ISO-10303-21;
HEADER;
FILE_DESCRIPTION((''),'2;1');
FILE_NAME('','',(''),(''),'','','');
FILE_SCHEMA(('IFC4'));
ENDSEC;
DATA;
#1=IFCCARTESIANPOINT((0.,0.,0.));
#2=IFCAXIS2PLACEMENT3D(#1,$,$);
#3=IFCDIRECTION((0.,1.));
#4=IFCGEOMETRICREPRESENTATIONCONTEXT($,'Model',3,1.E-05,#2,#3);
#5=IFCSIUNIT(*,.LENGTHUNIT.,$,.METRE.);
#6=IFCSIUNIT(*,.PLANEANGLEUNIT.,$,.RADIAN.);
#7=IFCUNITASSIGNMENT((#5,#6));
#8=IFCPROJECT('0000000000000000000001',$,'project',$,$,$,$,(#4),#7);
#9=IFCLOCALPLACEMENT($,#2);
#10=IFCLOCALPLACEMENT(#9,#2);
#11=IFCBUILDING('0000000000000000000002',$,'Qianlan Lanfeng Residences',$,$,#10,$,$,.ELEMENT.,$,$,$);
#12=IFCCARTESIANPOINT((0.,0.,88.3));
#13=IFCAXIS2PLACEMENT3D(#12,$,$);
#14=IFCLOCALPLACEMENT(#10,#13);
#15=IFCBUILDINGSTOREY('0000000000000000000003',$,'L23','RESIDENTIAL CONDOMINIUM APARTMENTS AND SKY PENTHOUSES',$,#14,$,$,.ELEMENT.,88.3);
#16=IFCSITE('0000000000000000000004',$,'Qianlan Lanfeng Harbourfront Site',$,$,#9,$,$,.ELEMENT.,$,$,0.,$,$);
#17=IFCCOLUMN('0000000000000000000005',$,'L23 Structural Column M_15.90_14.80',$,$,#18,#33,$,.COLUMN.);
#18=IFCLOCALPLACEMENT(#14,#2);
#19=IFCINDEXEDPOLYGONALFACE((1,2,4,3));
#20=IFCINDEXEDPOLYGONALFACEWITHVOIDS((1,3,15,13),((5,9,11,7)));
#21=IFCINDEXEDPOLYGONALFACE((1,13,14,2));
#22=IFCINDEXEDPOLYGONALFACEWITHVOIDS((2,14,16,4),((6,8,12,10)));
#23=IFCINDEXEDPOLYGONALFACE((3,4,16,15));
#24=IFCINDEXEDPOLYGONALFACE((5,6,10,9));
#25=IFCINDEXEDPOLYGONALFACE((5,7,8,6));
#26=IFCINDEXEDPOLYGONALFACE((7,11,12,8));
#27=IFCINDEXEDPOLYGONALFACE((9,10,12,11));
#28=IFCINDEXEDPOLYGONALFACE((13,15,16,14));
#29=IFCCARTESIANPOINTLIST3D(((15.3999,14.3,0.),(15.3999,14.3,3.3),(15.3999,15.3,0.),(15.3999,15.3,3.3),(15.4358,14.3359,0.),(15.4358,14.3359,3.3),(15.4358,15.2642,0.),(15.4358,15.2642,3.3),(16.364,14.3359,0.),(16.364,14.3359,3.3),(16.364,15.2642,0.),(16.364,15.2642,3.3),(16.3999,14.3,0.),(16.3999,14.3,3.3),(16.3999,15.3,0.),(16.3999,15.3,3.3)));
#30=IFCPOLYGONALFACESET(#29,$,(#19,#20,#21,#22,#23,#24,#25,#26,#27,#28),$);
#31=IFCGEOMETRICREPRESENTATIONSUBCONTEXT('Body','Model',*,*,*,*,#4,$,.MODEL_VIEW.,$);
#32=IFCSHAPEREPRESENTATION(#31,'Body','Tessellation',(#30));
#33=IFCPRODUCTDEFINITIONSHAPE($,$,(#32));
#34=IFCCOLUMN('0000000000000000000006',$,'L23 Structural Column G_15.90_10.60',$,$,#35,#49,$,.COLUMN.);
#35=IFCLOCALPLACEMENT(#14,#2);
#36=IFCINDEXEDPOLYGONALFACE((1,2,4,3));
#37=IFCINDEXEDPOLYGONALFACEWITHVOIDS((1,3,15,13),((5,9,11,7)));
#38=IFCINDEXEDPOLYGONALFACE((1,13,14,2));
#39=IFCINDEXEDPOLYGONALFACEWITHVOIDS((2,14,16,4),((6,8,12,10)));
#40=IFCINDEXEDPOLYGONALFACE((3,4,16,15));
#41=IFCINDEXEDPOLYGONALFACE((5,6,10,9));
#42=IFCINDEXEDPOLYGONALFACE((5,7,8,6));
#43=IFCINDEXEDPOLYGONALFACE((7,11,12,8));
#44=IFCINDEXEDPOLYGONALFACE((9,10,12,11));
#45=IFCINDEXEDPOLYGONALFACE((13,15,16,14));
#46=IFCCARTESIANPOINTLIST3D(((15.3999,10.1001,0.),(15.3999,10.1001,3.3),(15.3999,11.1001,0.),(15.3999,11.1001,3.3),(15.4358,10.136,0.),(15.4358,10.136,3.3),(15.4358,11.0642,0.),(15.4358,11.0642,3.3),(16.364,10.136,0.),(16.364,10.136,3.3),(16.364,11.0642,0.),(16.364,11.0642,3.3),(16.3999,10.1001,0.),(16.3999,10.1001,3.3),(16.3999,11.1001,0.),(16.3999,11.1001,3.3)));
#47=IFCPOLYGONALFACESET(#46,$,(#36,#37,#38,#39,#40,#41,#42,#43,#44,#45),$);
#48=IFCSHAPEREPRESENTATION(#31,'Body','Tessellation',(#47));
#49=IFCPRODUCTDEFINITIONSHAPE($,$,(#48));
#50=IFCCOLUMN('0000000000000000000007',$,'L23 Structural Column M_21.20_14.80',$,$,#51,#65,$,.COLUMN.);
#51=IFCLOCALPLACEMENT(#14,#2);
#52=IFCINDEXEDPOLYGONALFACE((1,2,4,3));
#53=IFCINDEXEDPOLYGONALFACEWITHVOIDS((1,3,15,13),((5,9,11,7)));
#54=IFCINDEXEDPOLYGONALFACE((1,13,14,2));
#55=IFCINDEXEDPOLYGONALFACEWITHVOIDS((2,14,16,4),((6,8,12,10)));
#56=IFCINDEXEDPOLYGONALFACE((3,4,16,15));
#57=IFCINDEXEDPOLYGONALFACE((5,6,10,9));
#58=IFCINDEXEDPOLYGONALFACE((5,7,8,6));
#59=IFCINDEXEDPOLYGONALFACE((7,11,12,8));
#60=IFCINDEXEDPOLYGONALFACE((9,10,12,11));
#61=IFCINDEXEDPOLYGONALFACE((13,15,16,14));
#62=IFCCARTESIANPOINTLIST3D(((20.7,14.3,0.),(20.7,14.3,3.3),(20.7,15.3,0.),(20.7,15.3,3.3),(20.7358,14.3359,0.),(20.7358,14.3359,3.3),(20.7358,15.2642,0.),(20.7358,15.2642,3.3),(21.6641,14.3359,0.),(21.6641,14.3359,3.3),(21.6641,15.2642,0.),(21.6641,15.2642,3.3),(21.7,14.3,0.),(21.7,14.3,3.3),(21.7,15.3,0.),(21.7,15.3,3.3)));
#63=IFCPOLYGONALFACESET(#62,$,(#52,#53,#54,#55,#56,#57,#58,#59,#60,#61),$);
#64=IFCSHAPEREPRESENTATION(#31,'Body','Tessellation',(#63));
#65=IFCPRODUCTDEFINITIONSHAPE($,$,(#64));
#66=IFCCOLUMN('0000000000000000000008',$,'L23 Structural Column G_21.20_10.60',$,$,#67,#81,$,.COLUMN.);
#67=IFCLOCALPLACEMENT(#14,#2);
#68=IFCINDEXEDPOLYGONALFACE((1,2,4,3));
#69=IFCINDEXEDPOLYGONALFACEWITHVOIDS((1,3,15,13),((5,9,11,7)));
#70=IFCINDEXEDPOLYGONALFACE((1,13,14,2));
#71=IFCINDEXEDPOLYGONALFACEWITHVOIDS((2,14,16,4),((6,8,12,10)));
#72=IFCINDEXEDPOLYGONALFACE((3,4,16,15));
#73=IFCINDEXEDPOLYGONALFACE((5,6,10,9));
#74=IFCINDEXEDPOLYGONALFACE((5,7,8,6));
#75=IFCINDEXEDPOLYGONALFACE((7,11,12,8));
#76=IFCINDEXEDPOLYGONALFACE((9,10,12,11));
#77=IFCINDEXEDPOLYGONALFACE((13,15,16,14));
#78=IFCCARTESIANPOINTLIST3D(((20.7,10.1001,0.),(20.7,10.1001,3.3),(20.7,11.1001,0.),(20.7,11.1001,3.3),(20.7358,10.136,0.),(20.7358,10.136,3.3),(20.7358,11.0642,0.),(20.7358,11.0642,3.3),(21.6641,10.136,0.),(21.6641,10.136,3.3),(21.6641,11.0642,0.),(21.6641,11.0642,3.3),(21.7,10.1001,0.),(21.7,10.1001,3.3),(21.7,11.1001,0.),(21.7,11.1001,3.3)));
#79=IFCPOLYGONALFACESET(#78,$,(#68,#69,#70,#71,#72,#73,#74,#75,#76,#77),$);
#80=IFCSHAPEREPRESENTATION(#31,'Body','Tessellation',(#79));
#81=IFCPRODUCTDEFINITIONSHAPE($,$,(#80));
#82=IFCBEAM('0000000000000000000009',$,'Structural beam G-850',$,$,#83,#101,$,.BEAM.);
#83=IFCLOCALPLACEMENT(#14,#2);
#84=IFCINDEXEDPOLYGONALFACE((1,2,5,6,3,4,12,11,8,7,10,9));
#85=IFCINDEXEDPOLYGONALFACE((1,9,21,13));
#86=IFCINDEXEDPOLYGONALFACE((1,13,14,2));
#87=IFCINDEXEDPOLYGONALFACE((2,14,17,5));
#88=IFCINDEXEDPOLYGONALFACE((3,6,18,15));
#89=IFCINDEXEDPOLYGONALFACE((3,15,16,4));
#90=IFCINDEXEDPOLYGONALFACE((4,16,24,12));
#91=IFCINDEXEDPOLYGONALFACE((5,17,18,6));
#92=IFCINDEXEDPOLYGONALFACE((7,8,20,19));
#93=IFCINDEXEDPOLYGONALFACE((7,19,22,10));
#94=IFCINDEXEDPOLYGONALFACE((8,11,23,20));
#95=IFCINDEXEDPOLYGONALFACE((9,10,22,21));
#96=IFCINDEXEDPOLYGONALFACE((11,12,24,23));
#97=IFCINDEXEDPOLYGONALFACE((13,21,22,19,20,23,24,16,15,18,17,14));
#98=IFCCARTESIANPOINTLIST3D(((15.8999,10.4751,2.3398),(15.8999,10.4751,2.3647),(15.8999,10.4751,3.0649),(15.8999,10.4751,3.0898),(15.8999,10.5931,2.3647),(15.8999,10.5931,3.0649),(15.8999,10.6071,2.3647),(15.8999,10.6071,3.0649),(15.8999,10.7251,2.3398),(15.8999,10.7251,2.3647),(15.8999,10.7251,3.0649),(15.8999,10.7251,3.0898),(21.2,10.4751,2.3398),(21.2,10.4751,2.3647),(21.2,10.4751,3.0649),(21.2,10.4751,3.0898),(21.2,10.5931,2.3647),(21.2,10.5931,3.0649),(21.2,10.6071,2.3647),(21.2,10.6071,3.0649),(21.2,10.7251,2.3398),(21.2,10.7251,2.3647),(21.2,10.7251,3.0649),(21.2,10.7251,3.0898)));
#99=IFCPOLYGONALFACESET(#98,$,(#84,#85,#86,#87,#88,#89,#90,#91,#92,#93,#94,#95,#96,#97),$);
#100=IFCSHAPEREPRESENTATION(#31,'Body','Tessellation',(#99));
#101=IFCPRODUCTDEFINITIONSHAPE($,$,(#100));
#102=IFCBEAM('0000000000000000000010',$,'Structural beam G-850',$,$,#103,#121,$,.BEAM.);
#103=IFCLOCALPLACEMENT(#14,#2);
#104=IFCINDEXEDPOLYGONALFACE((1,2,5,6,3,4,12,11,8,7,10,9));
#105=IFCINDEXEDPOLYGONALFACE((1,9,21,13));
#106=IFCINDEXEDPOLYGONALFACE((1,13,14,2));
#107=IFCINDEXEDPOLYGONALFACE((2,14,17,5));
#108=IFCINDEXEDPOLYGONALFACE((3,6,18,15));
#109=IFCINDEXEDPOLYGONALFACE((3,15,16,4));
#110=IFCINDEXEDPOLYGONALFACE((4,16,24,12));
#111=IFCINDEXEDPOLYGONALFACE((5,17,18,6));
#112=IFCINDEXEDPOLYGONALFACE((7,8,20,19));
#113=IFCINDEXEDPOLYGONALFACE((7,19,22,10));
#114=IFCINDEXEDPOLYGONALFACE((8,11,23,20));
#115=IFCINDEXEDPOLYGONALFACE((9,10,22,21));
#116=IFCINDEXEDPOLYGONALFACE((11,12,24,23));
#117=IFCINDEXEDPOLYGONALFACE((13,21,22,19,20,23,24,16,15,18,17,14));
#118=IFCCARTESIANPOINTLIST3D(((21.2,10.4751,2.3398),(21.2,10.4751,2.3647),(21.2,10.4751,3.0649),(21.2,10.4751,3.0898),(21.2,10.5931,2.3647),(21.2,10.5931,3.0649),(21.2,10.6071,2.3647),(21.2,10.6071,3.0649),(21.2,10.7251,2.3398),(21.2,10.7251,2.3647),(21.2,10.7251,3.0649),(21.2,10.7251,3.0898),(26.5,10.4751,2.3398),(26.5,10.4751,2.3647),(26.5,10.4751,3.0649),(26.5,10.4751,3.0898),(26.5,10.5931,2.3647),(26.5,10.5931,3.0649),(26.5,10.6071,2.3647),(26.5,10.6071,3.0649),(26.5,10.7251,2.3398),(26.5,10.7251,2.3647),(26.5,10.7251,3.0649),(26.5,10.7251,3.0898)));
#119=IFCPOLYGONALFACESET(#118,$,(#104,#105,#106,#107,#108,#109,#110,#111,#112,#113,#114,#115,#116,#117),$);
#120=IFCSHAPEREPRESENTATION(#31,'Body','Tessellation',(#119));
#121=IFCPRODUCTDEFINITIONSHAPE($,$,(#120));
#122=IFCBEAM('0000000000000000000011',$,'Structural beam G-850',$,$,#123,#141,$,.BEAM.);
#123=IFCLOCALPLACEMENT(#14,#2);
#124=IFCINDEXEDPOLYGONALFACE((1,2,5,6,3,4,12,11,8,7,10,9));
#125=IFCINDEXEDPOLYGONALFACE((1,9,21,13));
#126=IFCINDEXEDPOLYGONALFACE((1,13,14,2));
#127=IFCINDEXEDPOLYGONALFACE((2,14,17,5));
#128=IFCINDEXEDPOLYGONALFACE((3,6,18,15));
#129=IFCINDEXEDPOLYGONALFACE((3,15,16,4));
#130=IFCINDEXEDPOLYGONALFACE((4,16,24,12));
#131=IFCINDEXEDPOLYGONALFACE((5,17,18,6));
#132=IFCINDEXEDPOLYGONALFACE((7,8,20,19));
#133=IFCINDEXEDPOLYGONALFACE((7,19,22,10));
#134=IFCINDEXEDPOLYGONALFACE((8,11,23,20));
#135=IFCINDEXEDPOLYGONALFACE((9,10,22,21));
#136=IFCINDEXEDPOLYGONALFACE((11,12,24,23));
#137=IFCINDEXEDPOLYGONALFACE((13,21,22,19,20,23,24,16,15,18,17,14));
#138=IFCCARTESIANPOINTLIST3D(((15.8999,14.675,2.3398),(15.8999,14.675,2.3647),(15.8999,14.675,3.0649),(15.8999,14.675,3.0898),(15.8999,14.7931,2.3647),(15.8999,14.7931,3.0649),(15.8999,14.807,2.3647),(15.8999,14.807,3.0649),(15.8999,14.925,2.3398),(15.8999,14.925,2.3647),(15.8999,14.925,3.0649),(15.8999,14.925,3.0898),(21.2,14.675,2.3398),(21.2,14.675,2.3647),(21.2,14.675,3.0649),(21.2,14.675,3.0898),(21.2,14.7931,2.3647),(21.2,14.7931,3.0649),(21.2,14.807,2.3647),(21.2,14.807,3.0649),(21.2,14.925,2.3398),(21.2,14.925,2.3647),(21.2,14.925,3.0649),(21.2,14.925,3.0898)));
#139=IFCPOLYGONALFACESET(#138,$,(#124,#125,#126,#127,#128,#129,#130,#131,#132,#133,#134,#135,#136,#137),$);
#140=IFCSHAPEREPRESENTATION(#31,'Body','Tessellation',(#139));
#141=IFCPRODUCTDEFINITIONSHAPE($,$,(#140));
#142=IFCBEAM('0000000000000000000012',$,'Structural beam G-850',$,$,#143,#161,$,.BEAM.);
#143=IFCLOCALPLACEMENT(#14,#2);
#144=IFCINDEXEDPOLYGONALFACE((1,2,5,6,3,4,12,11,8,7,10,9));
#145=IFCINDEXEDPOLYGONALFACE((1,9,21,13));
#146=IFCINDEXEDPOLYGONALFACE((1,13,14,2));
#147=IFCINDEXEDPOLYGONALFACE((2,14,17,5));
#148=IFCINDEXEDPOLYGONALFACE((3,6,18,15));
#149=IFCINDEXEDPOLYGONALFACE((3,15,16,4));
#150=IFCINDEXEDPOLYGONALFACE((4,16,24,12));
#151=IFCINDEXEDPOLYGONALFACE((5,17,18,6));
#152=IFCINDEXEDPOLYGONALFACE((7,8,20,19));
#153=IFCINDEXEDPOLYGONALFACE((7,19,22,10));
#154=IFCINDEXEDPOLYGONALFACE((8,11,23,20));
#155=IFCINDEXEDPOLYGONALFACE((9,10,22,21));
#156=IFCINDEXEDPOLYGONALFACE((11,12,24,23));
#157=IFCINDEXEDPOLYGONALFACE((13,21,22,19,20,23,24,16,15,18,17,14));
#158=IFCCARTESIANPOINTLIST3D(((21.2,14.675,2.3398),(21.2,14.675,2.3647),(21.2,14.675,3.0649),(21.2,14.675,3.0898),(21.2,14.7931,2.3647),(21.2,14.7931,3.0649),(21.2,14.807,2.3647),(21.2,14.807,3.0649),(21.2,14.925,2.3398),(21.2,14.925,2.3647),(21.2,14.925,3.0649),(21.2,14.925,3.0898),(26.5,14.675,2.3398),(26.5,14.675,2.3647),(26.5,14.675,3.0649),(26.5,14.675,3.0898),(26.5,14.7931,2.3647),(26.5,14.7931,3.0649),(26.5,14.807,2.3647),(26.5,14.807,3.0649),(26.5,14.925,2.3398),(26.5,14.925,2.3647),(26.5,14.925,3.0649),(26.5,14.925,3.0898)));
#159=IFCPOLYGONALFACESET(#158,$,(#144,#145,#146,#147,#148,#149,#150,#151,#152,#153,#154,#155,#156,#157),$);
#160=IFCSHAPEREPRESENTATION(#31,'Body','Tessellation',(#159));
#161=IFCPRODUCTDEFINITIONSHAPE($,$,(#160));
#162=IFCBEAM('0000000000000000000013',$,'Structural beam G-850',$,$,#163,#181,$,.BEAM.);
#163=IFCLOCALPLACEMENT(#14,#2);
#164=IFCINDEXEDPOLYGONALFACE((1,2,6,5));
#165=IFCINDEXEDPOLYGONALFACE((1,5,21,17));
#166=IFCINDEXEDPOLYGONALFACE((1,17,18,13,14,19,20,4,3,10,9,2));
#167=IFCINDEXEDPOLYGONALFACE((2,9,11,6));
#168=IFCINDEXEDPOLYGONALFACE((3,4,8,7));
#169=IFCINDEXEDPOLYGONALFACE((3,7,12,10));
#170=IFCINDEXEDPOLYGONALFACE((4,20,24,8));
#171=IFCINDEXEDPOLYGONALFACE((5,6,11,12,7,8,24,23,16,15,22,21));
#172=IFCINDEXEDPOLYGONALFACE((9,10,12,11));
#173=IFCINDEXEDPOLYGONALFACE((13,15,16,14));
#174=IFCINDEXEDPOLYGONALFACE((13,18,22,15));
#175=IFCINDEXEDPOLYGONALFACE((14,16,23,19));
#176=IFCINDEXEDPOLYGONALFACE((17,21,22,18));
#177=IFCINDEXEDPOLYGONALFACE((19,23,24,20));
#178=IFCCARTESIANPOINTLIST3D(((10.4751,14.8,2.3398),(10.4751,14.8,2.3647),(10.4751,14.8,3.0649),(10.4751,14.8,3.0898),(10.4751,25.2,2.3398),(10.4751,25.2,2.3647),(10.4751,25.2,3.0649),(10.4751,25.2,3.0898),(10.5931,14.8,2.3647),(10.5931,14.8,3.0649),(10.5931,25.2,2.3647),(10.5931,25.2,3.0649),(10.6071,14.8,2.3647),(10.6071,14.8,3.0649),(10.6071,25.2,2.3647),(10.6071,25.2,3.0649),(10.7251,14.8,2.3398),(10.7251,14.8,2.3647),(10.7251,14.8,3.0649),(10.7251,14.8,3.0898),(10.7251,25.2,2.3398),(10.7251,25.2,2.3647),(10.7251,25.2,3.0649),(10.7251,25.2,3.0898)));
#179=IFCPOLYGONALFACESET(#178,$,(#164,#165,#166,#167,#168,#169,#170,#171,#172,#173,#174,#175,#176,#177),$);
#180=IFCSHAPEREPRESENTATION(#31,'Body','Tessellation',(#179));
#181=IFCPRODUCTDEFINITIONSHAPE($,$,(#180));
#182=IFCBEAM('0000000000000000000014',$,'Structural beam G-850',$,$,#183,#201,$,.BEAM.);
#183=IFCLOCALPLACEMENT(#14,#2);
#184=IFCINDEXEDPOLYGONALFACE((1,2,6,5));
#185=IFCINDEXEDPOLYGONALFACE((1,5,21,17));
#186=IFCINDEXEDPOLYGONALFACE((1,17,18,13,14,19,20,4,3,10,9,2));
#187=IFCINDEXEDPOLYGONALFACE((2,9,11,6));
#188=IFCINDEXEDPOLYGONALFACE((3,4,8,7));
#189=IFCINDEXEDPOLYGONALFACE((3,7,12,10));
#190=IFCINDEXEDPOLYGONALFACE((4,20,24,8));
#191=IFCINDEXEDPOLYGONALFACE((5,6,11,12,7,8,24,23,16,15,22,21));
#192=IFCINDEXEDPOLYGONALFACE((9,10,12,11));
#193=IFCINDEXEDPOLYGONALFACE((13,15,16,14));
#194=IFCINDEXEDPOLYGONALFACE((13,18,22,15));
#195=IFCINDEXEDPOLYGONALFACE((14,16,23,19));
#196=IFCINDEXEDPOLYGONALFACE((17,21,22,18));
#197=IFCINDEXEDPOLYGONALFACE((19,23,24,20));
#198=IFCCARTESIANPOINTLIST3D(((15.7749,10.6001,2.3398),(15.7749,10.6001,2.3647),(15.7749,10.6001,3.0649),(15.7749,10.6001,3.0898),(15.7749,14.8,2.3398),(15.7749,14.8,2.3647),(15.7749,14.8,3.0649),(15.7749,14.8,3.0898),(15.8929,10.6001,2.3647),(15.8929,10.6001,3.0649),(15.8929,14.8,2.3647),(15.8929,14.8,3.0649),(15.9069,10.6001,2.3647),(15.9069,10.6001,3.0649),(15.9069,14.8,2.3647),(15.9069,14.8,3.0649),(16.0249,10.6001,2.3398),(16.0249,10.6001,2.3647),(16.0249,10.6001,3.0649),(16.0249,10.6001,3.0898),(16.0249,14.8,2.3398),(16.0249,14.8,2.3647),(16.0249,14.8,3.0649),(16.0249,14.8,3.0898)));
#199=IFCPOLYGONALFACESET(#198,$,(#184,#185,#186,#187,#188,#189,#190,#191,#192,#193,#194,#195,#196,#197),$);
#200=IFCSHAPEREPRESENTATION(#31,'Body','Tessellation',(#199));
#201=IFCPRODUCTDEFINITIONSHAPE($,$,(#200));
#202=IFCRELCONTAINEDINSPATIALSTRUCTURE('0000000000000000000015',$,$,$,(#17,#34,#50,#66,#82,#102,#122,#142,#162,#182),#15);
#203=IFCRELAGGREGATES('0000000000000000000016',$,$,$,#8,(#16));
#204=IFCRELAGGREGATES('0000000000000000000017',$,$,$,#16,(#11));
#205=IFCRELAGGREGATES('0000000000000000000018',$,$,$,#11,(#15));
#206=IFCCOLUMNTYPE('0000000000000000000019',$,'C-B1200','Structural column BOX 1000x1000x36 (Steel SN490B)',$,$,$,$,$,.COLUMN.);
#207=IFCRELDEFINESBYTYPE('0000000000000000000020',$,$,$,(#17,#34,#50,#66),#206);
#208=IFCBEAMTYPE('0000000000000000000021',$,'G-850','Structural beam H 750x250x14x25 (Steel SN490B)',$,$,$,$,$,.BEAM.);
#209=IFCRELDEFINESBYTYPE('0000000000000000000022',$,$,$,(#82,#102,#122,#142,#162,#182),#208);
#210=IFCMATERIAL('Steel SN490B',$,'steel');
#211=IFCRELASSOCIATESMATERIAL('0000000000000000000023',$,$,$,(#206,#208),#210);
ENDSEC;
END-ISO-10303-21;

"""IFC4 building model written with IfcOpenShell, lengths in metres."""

from ifc_helpers import new_model, si_unit, direction, frame, origin, origin_2d, place, context, subcontext, project, spatial, hollow_rectangle, i_section, extrude, material, material_profile, profile_set, type_object, element, save


model = new_model("IFC4")

# Units and contexts
model_context = context("Model", 3, precision=1e-05, world=origin(), true_north=direction((0.0, 1.0)))
body_context = subcontext(model_context, "Body", "Model", "MODEL_VIEW")
ifc_project = project(units=[si_unit("LENGTHUNIT", "METRE"), si_unit("PLANEANGLEUNIT", "RADIAN")], contexts=[model_context])

# Site, building, storey
site_placement = place(None, origin())
site = spatial("IfcSite", under=ifc_project, at=site_placement, Name="Qianlan Lanfeng Harbourfront Site", CompositionType="ELEMENT", RefElevation=0.0)
building_placement = place(site_placement, origin())
building = spatial("IfcBuilding", under=site, at=building_placement, Name="Qianlan Lanfeng Residences", CompositionType="ELEMENT")
storey_placement = place(building_placement, frame((0.0, 0.0, 88.3)))
storey = spatial("IfcBuildingStorey", under=building, at=storey_placement, Name="L23", Description="RESIDENTIAL CONDOMINIUM APARTMENTS AND SKY PENTHOUSES", CompositionType="ELEMENT", Elevation=88.3)

# Columns
ifc_material_1 = material(Name="Steel SN490B", Category="steel")
ifc_material_profile_1 = material_profile(ifc_material_1, hollow_rectangle(XDim=1.0, YDim=1.0, WallThickness=0.0359, at=origin_2d()), Name="BOX 1000x1000x36")
ifc_profile_set_1 = profile_set([ifc_material_profile_1], Name="Steel SN490B")
column_type = type_object("IfcColumnType", Name="C-B1200", Description="Structural column BOX 1000x1000x36 (Steel SN490B)", PredefinedType="COLUMN", material=ifc_profile_set_1)
for number, where, z_axis, x_axis, name in (
    (1, (15.8999, 14.8, 0.0), (0.0, 0.0, 1.0), (1.0, 0.0, 0.0), "L23 Structural Column M_15.90_14.80"),
    (2, (15.8999, 10.6001, 0.0), (0.0, 0.0, 1.0), (1.0, 0.0, 0.0), "L23 Structural Column G_15.90_10.60"),
    (3, (21.2, 14.8, 0.0), (0.0, 0.0, 1.0), (1.0, 0.0, 0.0), "L23 Structural Column M_21.20_14.80"),
    (4, (21.2, 10.6001, 0.0), (0.0, 0.0, 1.0), (1.0, 0.0, 0.0), "L23 Structural Column G_21.20_10.60"),
):
    element("IfcColumn", number, at=place(storey_placement, frame(where, z_axis=z_axis, x_axis=x_axis)), inside=storey, type_object=column_type, Name=name, PredefinedType="COLUMN", context=body_context, shape_type="SweptSolid", body=[
        extrude(hollow_rectangle(XDim=1.0, YDim=1.0, WallThickness=0.0359, at=origin_2d()), origin(), (0.0, 0.0, 1.0), 3.3),
    ])

# Beams
ifc_material_profile_2 = material_profile(ifc_material_1, i_section(OverallWidth=0.25, OverallDepth=0.75, WebThickness=0.0139, FlangeThickness=0.0249, at=origin_2d()), Name="H 750x250x14x25")
ifc_profile_set_2 = profile_set([ifc_material_profile_2], Name="Steel SN490B")
beam_type_1 = type_object("IfcBeamType", Name="G-850", Description="Structural beam H 750x250x14x25 (Steel SN490B)", PredefinedType="BEAM", material=ifc_profile_set_2)
for number, where, z_axis, x_axis, name in (
    (5, (15.8999, 10.6001, 2.7148), (1.0, 0.0, 0.0), (0.0, 1.0, 0.0), "Structural beam G-850"),
    (6, (21.2, 10.6001, 2.7148), (1.0, 0.0, 0.0), (0.0, 1.0, 0.0), "Structural beam G-850"),
    (7, (15.8999, 14.8, 2.7148), (1.0, 0.0, 0.0), (0.0, 1.0, 0.0), "Structural beam G-850"),
    (8, (21.2, 14.8, 2.7148), (1.0, 0.0, 0.0), (0.0, 1.0, 0.0), "Structural beam G-850"),
):
    element("IfcBeam", number, at=place(storey_placement, frame(where, z_axis=z_axis, x_axis=x_axis)), inside=storey, type_object=beam_type_1, Name=name, PredefinedType="BEAM", context=body_context, shape_type="SweptSolid", body=[
        extrude(i_section(OverallWidth=0.25, OverallDepth=0.75, WebThickness=0.0139, FlangeThickness=0.0249, at=origin_2d()), origin(), (0.0, 0.0, 1.0), 5.3),
    ])
beam_1_placement = place(storey_placement, frame((10.6001, 14.8, 2.7148), z_axis=(0.0, 1.0, 0.0), x_axis=(-1.0, 0.0, 0.0)))
element("IfcBeam", 9, at=beam_1_placement, inside=storey, type_object=beam_type_1, Name="Structural beam G-850", PredefinedType="BEAM", context=body_context, shape_type="SweptSolid", body=[
    extrude(i_section(OverallWidth=0.25, OverallDepth=0.75, WebThickness=0.0139, FlangeThickness=0.0249, at=origin_2d()), origin(), (0.0, 0.0, 1.0), 10.3999),
])
beam_2_placement = place(storey_placement, frame((15.8999, 10.6001, 2.7148), z_axis=(0.0, 1.0, 0.0), x_axis=(-1.0, 0.0, 0.0)))
element("IfcBeam", 10, at=beam_2_placement, inside=storey, type_object=beam_type_1, Name="Structural beam G-850", PredefinedType="BEAM", context=body_context, shape_type="SweptSolid", body=[
    extrude(i_section(OverallWidth=0.25, OverallDepth=0.75, WebThickness=0.0139, FlangeThickness=0.0249, at=origin_2d()), origin(), (0.0, 0.0, 1.0), 4.2),
])

save(model, "model.ifc")
